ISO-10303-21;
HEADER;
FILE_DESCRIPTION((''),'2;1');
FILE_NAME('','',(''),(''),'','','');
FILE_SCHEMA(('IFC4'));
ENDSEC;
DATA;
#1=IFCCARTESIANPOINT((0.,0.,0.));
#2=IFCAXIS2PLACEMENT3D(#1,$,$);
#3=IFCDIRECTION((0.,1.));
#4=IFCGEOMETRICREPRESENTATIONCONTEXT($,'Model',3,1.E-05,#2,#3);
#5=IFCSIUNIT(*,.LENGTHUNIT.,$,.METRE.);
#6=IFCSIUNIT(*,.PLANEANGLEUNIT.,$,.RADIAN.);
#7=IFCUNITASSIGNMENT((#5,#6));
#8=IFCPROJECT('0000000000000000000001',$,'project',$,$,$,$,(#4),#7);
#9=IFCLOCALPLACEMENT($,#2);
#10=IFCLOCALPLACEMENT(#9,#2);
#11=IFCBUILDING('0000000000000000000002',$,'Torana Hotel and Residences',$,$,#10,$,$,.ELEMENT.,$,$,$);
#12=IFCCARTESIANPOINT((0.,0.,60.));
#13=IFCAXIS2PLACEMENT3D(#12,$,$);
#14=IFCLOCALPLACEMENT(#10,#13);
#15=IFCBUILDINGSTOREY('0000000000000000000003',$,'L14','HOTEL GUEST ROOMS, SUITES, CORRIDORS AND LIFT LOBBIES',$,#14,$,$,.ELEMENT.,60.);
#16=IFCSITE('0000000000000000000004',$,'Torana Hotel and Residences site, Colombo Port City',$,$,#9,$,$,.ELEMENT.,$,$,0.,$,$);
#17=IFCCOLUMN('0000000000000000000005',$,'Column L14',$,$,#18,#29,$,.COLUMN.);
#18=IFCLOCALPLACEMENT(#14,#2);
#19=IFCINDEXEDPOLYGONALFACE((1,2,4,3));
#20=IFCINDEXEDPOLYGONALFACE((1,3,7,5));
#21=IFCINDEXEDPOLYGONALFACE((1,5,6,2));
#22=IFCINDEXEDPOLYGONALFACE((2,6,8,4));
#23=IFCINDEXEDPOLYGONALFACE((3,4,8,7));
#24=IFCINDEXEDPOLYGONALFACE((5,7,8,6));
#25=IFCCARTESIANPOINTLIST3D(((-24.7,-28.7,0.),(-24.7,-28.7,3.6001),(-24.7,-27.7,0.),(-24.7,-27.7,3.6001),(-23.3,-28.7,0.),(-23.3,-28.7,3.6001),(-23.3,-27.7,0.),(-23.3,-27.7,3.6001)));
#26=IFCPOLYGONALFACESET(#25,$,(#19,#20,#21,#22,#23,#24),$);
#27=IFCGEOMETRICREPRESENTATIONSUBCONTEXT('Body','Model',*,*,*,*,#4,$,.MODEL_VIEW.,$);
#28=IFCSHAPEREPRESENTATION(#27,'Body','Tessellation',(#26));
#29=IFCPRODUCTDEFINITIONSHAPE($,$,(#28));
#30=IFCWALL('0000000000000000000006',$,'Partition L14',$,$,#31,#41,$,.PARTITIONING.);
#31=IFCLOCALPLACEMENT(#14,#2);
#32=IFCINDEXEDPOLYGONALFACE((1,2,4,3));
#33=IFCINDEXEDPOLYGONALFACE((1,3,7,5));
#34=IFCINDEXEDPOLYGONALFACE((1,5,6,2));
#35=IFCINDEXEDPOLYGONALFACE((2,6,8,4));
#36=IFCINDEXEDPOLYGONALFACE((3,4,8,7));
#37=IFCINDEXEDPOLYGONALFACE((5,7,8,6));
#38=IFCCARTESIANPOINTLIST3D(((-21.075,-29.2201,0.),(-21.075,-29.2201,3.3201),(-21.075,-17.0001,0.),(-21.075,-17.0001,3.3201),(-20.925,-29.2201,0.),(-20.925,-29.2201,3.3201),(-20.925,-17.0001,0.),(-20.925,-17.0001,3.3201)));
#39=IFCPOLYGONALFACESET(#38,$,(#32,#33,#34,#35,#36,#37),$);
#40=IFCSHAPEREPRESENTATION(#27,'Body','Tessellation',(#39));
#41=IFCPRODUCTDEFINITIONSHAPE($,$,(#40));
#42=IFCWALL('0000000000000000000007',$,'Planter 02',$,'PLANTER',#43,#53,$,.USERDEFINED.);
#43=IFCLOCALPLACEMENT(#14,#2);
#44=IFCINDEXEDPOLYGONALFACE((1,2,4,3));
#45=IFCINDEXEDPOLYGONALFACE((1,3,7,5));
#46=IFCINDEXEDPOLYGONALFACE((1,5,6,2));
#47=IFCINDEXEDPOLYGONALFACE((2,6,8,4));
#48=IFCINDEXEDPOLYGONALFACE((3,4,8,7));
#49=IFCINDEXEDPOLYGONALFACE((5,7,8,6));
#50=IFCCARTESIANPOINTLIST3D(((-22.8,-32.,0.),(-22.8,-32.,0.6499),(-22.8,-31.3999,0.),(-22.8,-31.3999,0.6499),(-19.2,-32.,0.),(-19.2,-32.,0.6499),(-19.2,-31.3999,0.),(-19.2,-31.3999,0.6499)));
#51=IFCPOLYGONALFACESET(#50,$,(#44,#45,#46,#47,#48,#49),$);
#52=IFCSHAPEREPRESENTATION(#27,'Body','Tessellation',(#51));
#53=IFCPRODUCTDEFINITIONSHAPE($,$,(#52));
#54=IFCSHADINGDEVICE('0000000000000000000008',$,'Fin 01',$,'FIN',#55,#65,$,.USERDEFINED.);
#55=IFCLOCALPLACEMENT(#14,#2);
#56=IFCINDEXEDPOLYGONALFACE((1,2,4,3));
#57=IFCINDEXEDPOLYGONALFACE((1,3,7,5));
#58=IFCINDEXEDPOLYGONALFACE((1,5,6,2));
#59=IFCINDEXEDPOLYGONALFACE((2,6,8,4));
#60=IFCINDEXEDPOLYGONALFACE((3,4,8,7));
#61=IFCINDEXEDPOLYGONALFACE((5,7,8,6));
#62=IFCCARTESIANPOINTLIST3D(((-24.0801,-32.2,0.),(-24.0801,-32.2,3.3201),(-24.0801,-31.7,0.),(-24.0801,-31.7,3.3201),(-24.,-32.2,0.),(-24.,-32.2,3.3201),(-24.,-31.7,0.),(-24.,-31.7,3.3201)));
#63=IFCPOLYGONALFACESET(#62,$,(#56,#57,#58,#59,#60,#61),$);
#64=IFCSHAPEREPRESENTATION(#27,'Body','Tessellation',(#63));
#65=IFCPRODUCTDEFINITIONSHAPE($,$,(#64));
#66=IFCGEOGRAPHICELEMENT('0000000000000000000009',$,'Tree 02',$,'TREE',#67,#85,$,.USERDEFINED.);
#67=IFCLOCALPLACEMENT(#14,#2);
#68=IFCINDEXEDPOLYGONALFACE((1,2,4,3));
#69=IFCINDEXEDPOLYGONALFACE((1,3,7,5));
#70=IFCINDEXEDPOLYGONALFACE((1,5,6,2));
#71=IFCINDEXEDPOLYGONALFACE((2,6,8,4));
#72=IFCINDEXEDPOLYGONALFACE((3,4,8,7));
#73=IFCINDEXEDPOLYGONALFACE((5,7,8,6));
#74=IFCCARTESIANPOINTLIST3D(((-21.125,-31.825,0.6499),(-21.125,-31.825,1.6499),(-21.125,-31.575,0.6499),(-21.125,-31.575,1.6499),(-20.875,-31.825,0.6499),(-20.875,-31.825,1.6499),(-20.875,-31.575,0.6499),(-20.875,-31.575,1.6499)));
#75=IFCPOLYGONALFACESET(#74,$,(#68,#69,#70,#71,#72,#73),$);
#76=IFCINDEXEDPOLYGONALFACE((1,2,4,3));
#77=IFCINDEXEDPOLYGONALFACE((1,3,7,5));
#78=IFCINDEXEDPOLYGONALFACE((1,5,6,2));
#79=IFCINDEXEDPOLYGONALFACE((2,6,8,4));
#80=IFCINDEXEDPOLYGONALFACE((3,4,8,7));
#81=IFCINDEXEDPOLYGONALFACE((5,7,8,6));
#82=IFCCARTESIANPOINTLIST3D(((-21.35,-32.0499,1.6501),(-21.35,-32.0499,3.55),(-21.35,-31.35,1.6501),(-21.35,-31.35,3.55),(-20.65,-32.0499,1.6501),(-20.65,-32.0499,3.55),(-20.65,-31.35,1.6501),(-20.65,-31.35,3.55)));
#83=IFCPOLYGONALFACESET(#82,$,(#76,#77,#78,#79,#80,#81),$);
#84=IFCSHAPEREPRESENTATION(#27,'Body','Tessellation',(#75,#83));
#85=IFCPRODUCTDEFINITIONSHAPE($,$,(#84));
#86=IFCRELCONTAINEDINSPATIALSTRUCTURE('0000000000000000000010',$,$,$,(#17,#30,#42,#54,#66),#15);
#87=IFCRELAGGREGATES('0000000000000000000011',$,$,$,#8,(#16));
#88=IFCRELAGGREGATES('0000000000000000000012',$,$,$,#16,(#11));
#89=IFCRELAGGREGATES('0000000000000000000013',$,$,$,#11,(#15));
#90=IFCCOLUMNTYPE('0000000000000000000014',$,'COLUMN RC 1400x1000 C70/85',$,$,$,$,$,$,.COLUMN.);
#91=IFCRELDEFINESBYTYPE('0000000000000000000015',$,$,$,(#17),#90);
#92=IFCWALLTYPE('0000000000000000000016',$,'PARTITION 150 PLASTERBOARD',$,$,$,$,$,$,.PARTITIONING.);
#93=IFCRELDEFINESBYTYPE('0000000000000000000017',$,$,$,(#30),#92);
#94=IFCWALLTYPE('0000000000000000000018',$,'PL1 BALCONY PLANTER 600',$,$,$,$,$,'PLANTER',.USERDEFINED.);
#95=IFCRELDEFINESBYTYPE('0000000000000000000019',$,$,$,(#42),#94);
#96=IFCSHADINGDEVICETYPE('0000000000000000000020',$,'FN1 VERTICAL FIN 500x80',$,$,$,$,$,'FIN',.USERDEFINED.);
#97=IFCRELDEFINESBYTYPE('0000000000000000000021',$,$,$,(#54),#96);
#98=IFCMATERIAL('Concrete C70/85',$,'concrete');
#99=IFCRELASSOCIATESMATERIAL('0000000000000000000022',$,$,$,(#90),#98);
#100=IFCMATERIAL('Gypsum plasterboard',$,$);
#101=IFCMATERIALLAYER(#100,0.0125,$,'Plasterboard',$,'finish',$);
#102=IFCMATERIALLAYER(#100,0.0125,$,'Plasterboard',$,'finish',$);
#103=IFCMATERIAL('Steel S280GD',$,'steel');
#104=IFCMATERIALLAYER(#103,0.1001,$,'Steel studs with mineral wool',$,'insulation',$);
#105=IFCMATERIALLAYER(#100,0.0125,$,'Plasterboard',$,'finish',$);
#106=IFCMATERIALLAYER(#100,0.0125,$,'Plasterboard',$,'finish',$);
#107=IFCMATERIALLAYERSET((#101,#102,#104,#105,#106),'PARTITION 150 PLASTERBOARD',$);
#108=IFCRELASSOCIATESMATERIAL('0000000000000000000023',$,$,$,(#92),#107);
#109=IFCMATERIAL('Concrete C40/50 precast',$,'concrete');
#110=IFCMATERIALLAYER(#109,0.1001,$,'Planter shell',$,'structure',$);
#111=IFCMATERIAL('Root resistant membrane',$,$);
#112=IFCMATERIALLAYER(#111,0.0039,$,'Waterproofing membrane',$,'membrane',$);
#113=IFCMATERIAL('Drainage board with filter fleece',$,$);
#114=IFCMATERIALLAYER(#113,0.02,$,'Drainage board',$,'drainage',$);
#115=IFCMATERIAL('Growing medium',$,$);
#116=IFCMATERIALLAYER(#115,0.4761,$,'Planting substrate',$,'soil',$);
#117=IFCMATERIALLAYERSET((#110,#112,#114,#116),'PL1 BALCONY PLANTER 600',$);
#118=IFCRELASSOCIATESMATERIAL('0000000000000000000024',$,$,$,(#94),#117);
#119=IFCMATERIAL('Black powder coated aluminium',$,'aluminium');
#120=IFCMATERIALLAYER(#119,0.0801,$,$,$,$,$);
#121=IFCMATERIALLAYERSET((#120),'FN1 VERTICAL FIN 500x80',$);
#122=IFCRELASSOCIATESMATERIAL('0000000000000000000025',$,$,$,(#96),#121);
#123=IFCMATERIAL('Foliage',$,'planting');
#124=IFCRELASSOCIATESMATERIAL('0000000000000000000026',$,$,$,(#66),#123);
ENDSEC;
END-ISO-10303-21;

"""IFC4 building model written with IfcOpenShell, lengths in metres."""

from ifc_helpers import new_model, si_unit, direction, frame, frame_2d, origin, origin_2d, place, context, subcontext, project, spatial, rectangle, extrude, material, layer, layer_set, material_profile, profile_set, type_object, element, save


model = new_model("IFC4")

# Units and contexts
model_context = context("Model", 3, precision=1e-05, world=origin(), true_north=direction((0.0, 1.0)))
body_context = subcontext(model_context, "Body", "Model", "MODEL_VIEW")
ifc_project = project(units=[si_unit("LENGTHUNIT", "METRE"), si_unit("PLANEANGLEUNIT", "RADIAN")], contexts=[model_context])

# Site, building, storey
site_placement = place(None, origin())
site = spatial("IfcSite", under=ifc_project, at=site_placement, Name="Torana Hotel and Residences site, Colombo Port City", CompositionType="ELEMENT", RefElevation=0.0)
building_placement = place(site_placement, origin())
building = spatial("IfcBuilding", under=site, at=building_placement, Name="Torana Hotel and Residences", CompositionType="ELEMENT")
storey_placement = place(building_placement, frame((0.0, 0.0, 60.0)))
storey = spatial("IfcBuildingStorey", under=building, at=storey_placement, Name="L14", Description="HOTEL GUEST ROOMS, SUITES, CORRIDORS AND LIFT LOBBIES", CompositionType="ELEMENT", Elevation=60.0)

# Column
ifc_material_1 = material(Name="Concrete C70/85", Category="concrete")
ifc_material_profile = material_profile(ifc_material_1, rectangle(XDim=1.3999, YDim=1.0, at=origin_2d()), Name="RC 1400x1000")
ifc_profile_set = profile_set([ifc_material_profile], Name="Concrete C70/85")
column_type = type_object("IfcColumnType", Name="COLUMN RC 1400x1000 C70/85", PredefinedType="COLUMN", material=ifc_profile_set)
column_placement = place(storey_placement, frame((-24.0, -28.2, 0.0), z_axis=(0.0, 0.0, 1.0), x_axis=(1.0, 0.0, 0.0)))
element("IfcColumn", 1, at=column_placement, inside=storey, type_object=column_type, Name="Column L14", PredefinedType="COLUMN", context=body_context, shape_type="SweptSolid", body=[
    extrude(rectangle(XDim=1.3999, YDim=1.0, at=origin_2d()), origin(), (0.0, 0.0, 1.0), 3.6001),
])

# Walls
ifc_material_2 = material(Name="Gypsum plasterboard")
ifc_layer_1 = layer(ifc_material_2, 0.0125, Name="Plasterboard", Category="finish")
ifc_layer_2 = layer(ifc_material_2, 0.0125, Name="Plasterboard", Category="finish")
ifc_material_3 = material(Name="Steel S280GD", Category="steel")
ifc_layer_3 = layer(ifc_material_3, 0.1001, Name="Steel studs with mineral wool", Category="insulation")
ifc_layer_4 = layer(ifc_material_2, 0.0125, Name="Plasterboard", Category="finish")
ifc_layer_5 = layer(ifc_material_2, 0.0125, Name="Plasterboard", Category="finish")
ifc_layer_set_1 = layer_set([ifc_layer_1, ifc_layer_2, ifc_layer_3, ifc_layer_4, ifc_layer_5], Name="PARTITION 150 PLASTERBOARD")
wall_type_1 = type_object("IfcWallType", Name="PARTITION 150 PLASTERBOARD", PredefinedType="PARTITIONING", material=ifc_layer_set_1)
wall_1_placement = place(storey_placement, frame((-21.0, -29.22, 0.0), z_axis=(0.0, 0.0, 1.0), x_axis=(0.0, 1.0, 0.0)))
element("IfcWall", 2, at=wall_1_placement, inside=storey, type_object=wall_type_1, Name="Partition L14", PredefinedType="PARTITIONING", context=body_context, shape_type="SweptSolid", body=[
    extrude(rectangle(XDim=12.22, YDim=0.1499, at=frame_2d((6.1099, 0.0))), origin(), (0.0, 0.0, 1.0), 3.3201),
])
ifc_material_4 = material(Name="Concrete C40/50 precast", Category="concrete")
ifc_layer_6 = layer(ifc_material_4, 0.1001, Name="Planter shell", Category="structure")
ifc_material_5 = material(Name="Root resistant membrane")
ifc_layer_7 = layer(ifc_material_5, 0.0039, Name="Waterproofing membrane", Category="membrane")
ifc_material_6 = material(Name="Drainage board with filter fleece")
ifc_layer_8 = layer(ifc_material_6, 0.02, Name="Drainage board", Category="drainage")
ifc_material_7 = material(Name="Growing medium")
ifc_layer_9 = layer(ifc_material_7, 0.4761, Name="Planting substrate", Category="soil")
ifc_layer_set_2 = layer_set([ifc_layer_6, ifc_layer_7, ifc_layer_8, ifc_layer_9], Name="PL1 BALCONY PLANTER 600")
wall_type_2 = type_object("IfcWallType", Name="PL1 BALCONY PLANTER 600", ElementType="PLANTER", PredefinedType="USERDEFINED", material=ifc_layer_set_2)
wall_2_placement = place(storey_placement, frame((-19.2, -31.7, 0.0), z_axis=(0.0, 0.0, 1.0), x_axis=(-1.0, 0.0, 0.0)))
element("IfcWall", 3, at=wall_2_placement, inside=storey, type_object=wall_type_2, Name="Planter 02", ObjectType="PLANTER", PredefinedType="USERDEFINED", context=body_context, shape_type="SweptSolid", body=[
    extrude(rectangle(XDim=3.6001, YDim=0.6001, at=frame_2d((1.8, 0.0))), origin(), (0.0, 0.0, 1.0), 0.6499),
])

# Shading device
ifc_material_8 = material(Name="Black powder coated aluminium", Category="aluminium")
ifc_layer_10 = layer(ifc_material_8, 0.0801)
ifc_layer_set_3 = layer_set([ifc_layer_10], Name="FN1 VERTICAL FIN 500x80")
shading_device_type = type_object("IfcShadingDeviceType", Name="FN1 VERTICAL FIN 500x80", ElementType="FIN", PredefinedType="USERDEFINED", material=ifc_layer_set_3)
shading_device_placement = place(storey_placement, frame((-24.04, -31.95, 0.0), z_axis=(0.0, 0.0, 1.0), x_axis=(-1.0, 0.0, 0.0)))
element("IfcShadingDevice", 4, at=shading_device_placement, inside=storey, type_object=shading_device_type, Name="Fin 01", ObjectType="FIN", PredefinedType="USERDEFINED", context=body_context, shape_type="SweptSolid", body=[
    extrude(rectangle(XDim=0.0801, YDim=0.5, at=origin_2d()), origin(), (0.0, 0.0, 1.0), 3.3201),
])

# Geographic element
ifc_material_9 = material(Name="Foliage", Category="planting")
geographic_element_placement = place(storey_placement, frame((-21.0, -31.7, 0.6499), z_axis=(0.0, 0.0, 1.0), x_axis=(1.0, 0.0, 0.0)))
element("IfcGeographicElement", 5, at=geographic_element_placement, inside=storey, material=ifc_material_9, Name="Tree 02", ObjectType="TREE", PredefinedType="USERDEFINED", context=body_context, shape_type="SweptSolid", body=[
    extrude(rectangle(XDim=0.25, YDim=0.25, at=origin_2d()), origin(), (0.0, 0.0, 1.0), 1.0),
    extrude(rectangle(XDim=0.7, YDim=0.7, at=origin_2d()), frame((0.0, 0.0, 1.0002)), (0.0, 0.0, 1.0), 1.8999),
])

save(model, "model.ifc")
